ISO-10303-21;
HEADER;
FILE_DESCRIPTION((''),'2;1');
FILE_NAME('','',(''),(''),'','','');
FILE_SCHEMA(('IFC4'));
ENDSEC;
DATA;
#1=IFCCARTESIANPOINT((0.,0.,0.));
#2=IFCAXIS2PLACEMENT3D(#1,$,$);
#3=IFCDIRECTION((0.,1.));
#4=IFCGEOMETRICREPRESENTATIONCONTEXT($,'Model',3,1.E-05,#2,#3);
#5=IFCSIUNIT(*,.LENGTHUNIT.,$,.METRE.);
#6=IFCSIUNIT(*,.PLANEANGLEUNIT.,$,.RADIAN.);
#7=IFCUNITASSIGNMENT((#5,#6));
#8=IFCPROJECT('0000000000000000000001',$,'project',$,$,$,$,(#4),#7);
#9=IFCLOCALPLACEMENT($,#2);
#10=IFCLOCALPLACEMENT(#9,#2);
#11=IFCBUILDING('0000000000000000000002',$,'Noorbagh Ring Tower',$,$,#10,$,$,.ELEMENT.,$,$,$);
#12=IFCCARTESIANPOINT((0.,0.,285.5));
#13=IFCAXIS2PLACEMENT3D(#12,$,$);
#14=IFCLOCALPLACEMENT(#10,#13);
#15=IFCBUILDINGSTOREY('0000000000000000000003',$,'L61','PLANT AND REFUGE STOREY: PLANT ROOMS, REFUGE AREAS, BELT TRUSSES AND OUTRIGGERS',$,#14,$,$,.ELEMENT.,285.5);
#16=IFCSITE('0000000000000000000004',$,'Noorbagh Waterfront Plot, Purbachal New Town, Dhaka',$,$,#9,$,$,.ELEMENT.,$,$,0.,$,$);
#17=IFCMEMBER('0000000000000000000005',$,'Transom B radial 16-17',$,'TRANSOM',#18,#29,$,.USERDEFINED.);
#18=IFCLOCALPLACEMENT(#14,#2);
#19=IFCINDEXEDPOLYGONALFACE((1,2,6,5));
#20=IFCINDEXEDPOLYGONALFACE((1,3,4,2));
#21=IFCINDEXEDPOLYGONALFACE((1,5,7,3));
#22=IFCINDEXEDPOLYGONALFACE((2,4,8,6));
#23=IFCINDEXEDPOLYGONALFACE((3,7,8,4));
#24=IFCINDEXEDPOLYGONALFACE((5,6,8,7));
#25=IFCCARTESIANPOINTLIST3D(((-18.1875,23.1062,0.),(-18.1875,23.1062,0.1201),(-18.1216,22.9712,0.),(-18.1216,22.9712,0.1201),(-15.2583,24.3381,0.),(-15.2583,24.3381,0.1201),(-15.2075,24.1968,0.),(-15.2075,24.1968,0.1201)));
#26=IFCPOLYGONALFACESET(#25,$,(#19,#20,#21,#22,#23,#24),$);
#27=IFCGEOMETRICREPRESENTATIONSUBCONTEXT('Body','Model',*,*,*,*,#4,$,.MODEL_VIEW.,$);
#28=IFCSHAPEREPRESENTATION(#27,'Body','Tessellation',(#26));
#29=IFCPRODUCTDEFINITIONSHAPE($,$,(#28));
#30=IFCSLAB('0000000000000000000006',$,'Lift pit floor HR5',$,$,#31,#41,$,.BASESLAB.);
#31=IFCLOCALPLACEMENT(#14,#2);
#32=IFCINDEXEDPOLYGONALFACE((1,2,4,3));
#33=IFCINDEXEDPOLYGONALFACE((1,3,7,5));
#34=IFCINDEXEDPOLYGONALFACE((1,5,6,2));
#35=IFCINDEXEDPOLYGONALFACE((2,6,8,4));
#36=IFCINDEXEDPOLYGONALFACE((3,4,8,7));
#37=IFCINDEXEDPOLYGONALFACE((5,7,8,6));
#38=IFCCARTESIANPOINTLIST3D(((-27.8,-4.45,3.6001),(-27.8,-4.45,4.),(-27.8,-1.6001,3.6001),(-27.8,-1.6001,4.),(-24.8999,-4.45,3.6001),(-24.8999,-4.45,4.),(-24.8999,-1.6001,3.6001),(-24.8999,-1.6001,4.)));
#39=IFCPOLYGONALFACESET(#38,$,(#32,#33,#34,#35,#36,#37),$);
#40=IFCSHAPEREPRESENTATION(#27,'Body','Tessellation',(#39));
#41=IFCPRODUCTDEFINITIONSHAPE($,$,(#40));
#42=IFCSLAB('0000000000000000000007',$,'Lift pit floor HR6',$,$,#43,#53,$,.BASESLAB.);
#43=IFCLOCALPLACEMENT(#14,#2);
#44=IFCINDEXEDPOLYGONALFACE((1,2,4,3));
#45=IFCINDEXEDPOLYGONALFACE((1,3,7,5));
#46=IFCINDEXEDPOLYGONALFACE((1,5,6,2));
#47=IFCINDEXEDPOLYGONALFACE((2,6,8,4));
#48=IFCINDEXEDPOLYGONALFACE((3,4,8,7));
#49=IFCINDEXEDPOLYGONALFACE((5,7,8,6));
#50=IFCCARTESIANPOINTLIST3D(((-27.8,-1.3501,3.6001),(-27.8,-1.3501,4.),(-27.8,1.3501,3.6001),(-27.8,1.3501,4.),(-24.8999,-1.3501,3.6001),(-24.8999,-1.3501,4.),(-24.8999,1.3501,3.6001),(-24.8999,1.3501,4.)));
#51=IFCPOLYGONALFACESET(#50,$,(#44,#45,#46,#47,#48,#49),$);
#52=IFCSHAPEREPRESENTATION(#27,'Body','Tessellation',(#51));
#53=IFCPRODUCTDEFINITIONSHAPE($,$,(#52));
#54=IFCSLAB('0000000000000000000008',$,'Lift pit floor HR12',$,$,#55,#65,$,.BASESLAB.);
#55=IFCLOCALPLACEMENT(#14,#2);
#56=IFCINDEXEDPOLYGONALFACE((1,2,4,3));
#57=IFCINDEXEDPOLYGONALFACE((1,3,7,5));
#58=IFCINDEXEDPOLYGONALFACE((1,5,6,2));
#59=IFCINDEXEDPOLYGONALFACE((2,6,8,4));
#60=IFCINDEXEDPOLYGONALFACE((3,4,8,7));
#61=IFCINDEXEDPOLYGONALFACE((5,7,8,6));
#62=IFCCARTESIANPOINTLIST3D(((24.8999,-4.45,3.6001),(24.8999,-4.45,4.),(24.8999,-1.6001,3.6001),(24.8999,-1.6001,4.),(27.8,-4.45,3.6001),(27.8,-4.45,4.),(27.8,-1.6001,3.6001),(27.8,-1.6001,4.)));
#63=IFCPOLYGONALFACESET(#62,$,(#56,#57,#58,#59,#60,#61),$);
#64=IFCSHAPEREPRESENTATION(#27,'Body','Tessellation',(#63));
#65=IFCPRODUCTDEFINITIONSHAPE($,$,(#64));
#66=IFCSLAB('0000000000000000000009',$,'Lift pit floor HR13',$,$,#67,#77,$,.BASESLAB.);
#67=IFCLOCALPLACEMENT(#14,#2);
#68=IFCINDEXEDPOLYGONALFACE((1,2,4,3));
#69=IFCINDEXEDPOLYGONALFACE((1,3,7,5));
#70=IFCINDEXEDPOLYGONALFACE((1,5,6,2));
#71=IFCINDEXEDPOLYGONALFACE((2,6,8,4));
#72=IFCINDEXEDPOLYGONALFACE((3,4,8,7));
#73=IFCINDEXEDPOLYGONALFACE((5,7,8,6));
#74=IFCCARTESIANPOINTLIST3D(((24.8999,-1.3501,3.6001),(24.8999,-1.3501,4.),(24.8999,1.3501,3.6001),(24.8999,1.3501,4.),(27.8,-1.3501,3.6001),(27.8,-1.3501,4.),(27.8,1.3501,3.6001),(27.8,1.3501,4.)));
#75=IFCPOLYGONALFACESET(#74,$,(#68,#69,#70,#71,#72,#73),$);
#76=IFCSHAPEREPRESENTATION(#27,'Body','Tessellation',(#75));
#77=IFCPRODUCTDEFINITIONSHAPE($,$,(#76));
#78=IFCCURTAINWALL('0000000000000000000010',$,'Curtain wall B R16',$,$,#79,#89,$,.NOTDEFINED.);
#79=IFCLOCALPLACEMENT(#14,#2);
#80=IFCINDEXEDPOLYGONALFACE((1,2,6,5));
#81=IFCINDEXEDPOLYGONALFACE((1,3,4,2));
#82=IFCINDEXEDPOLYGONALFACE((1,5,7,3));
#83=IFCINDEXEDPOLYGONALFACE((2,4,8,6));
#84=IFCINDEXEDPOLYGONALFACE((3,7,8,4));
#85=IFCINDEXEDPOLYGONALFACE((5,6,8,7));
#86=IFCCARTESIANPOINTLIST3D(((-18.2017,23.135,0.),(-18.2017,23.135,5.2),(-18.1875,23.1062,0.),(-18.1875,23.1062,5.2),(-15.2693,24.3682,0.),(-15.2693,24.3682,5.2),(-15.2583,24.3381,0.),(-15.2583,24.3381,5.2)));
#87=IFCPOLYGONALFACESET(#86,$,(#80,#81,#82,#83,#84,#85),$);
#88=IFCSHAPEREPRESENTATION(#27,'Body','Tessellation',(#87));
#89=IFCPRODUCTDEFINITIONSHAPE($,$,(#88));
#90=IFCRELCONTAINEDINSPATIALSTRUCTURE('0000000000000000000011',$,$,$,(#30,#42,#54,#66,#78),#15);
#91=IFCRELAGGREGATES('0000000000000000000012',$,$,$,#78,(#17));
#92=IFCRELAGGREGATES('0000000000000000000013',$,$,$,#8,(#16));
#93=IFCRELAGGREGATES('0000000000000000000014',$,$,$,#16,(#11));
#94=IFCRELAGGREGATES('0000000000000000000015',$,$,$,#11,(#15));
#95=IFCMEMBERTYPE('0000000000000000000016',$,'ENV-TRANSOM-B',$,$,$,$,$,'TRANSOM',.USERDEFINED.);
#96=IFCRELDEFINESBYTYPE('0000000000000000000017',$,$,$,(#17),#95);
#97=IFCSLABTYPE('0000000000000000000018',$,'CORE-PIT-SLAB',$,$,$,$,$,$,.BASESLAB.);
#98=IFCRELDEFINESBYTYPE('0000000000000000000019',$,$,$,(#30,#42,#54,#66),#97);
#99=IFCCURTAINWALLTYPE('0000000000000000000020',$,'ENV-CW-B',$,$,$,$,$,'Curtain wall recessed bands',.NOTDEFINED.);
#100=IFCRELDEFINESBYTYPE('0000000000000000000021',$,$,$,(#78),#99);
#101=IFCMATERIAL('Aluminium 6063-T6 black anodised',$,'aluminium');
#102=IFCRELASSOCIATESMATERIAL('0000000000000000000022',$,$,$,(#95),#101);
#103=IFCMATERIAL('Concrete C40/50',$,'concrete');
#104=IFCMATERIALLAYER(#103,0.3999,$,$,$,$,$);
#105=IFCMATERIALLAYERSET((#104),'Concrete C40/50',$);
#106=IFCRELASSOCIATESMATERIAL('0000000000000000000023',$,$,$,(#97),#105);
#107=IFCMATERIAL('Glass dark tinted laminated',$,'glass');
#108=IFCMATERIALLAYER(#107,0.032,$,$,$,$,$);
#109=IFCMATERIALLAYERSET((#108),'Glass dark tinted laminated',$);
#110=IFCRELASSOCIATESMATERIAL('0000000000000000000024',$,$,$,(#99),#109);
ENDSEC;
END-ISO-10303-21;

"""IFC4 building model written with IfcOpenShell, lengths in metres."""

from ifc_helpers import new_model, si_unit, direction, frame, origin, place, context, subcontext, project, spatial, polyline, outline, extrude, material, layer, layer_set, type_object, element, aggregate, save


model = new_model("IFC4")

# Units and contexts
model_context = context("Model", 3, precision=1e-05, world=origin(), true_north=direction((0.0, 1.0)))
body_context = subcontext(model_context, "Body", "Model", "MODEL_VIEW")
ifc_project = project(units=[si_unit("LENGTHUNIT", "METRE"), si_unit("PLANEANGLEUNIT", "RADIAN")], contexts=[model_context])

# Member
site_placement = place(None, origin())
building_placement = place(site_placement, origin())
storey_placement = place(building_placement, frame((0.0, 0.0, 285.5)))
ifc_material_1 = material(Name="Aluminium 6063-T6 black anodised", Category="aluminium")
member_type_1 = type_object("IfcMemberType", Name="ENV-TRANSOM-B", ElementType="TRANSOM", PredefinedType="USERDEFINED", material=ifc_material_1)
member_1_placement = place(storey_placement, origin())
member_1 = element("IfcMember", 1, at=member_1_placement, type_object=member_type_1, Name="Transom B radial 16-17", ObjectType="TRANSOM", PredefinedType="USERDEFINED", context=body_context, shape_type="SweptSolid", body=[
    extrude(outline(polyline([(-15.2583, 24.3381), (-18.1875, 23.1062), (-18.1216, 22.9712), (-15.2075, 24.1968), (-15.2583, 24.3381)])), origin(), (0.0, 0.0, 1.0), 0.1201),
])

# Site, building, storey
site = spatial("IfcSite", under=ifc_project, at=site_placement, Name="Noorbagh Waterfront Plot, Purbachal New Town, Dhaka", CompositionType="ELEMENT", RefElevation=0.0)
building = spatial("IfcBuilding", under=site, at=building_placement, Name="Noorbagh Ring Tower", CompositionType="ELEMENT")
storey = spatial("IfcBuildingStorey", under=building, at=storey_placement, Name="L61", Description="PLANT AND REFUGE STOREY: PLANT ROOMS, REFUGE AREAS, BELT TRUSSES AND OUTRIGGERS", CompositionType="ELEMENT", Elevation=285.5)

# Slabs
ifc_material_2 = material(Name="Concrete C40/50", Category="concrete")
ifc_layer_1 = layer(ifc_material_2, 0.3999)
ifc_layer_set_1 = layer_set([ifc_layer_1], Name="Concrete C40/50")
slab_type = type_object("IfcSlabType", Name="CORE-PIT-SLAB", PredefinedType="BASESLAB", material=ifc_layer_set_1)
slab_1_placement = place(storey_placement, frame((0.0, 0.0, 3.6001)))
element("IfcSlab", 2, at=slab_1_placement, inside=storey, type_object=slab_type, Name="Lift pit floor HR5", PredefinedType="BASESLAB", context=body_context, shape_type="SweptSolid", body=[
    extrude(outline(polyline([(-24.8999, -1.6001), (-27.8, -1.6001), (-27.8, -4.45), (-24.8999, -4.45), (-24.8999, -1.6001)])), origin(), (0.0, 0.0, 1.0), 0.3999),
])
slab_2_placement = place(storey_placement, frame((0.0, 0.0, 3.6001)))
element("IfcSlab", 3, at=slab_2_placement, inside=storey, type_object=slab_type, Name="Lift pit floor HR6", PredefinedType="BASESLAB", context=body_context, shape_type="SweptSolid", body=[
    extrude(outline(polyline([(-24.8999, 1.3501), (-27.8, 1.3501), (-27.8, -1.3501), (-24.8999, -1.3501), (-24.8999, 1.3501)])), origin(), (0.0, 0.0, 1.0), 0.3999),
])
slab_3_placement = place(storey_placement, frame((0.0, 0.0, 3.6001)))
element("IfcSlab", 4, at=slab_3_placement, inside=storey, type_object=slab_type, Name="Lift pit floor HR12", PredefinedType="BASESLAB", context=body_context, shape_type="SweptSolid", body=[
    extrude(outline(polyline([(24.8999, -4.45), (27.8, -4.45), (27.8, -1.6001), (24.8999, -1.6001), (24.8999, -4.45)])), origin(), (0.0, 0.0, 1.0), 0.3999),
])
slab_4_placement = place(storey_placement, frame((0.0, 0.0, 3.6001)))
element("IfcSlab", 5, at=slab_4_placement, inside=storey, type_object=slab_type, Name="Lift pit floor HR13", PredefinedType="BASESLAB", context=body_context, shape_type="SweptSolid", body=[
    extrude(outline(polyline([(24.8999, -1.3501), (27.8, -1.3501), (27.8, 1.3501), (24.8999, 1.3501), (24.8999, -1.3501)])), origin(), (0.0, 0.0, 1.0), 0.3999),
])

# Curtain wall
ifc_material_3 = material(Name="Glass dark tinted laminated", Category="glass")
ifc_layer_2 = layer(ifc_material_3, 0.032)
ifc_layer_set_2 = layer_set([ifc_layer_2], Name="Glass dark tinted laminated")
curtain_wall_type = type_object("IfcCurtainWallType", Name="ENV-CW-B", ElementType="Curtain wall recessed bands", PredefinedType="NOTDEFINED", material=ifc_layer_set_2)
curtain_wall_1_placement = place(storey_placement, origin())
curtain_wall_1 = element("IfcCurtainWall", 6, at=curtain_wall_1_placement, inside=storey, type_object=curtain_wall_type, Name="Curtain wall B R16", PredefinedType="NOTDEFINED", context=body_context, shape_type="SweptSolid", body=[
    extrude(outline(polyline([(-15.2693, 24.3682), (-18.2017, 23.135), (-18.1875, 23.1062), (-15.2583, 24.3381), (-15.2693, 24.3682)])), origin(), (0.0, 0.0, 1.0), 5.2),
])
aggregate(curtain_wall_1, [member_1])

save(model, "model.ifc")
